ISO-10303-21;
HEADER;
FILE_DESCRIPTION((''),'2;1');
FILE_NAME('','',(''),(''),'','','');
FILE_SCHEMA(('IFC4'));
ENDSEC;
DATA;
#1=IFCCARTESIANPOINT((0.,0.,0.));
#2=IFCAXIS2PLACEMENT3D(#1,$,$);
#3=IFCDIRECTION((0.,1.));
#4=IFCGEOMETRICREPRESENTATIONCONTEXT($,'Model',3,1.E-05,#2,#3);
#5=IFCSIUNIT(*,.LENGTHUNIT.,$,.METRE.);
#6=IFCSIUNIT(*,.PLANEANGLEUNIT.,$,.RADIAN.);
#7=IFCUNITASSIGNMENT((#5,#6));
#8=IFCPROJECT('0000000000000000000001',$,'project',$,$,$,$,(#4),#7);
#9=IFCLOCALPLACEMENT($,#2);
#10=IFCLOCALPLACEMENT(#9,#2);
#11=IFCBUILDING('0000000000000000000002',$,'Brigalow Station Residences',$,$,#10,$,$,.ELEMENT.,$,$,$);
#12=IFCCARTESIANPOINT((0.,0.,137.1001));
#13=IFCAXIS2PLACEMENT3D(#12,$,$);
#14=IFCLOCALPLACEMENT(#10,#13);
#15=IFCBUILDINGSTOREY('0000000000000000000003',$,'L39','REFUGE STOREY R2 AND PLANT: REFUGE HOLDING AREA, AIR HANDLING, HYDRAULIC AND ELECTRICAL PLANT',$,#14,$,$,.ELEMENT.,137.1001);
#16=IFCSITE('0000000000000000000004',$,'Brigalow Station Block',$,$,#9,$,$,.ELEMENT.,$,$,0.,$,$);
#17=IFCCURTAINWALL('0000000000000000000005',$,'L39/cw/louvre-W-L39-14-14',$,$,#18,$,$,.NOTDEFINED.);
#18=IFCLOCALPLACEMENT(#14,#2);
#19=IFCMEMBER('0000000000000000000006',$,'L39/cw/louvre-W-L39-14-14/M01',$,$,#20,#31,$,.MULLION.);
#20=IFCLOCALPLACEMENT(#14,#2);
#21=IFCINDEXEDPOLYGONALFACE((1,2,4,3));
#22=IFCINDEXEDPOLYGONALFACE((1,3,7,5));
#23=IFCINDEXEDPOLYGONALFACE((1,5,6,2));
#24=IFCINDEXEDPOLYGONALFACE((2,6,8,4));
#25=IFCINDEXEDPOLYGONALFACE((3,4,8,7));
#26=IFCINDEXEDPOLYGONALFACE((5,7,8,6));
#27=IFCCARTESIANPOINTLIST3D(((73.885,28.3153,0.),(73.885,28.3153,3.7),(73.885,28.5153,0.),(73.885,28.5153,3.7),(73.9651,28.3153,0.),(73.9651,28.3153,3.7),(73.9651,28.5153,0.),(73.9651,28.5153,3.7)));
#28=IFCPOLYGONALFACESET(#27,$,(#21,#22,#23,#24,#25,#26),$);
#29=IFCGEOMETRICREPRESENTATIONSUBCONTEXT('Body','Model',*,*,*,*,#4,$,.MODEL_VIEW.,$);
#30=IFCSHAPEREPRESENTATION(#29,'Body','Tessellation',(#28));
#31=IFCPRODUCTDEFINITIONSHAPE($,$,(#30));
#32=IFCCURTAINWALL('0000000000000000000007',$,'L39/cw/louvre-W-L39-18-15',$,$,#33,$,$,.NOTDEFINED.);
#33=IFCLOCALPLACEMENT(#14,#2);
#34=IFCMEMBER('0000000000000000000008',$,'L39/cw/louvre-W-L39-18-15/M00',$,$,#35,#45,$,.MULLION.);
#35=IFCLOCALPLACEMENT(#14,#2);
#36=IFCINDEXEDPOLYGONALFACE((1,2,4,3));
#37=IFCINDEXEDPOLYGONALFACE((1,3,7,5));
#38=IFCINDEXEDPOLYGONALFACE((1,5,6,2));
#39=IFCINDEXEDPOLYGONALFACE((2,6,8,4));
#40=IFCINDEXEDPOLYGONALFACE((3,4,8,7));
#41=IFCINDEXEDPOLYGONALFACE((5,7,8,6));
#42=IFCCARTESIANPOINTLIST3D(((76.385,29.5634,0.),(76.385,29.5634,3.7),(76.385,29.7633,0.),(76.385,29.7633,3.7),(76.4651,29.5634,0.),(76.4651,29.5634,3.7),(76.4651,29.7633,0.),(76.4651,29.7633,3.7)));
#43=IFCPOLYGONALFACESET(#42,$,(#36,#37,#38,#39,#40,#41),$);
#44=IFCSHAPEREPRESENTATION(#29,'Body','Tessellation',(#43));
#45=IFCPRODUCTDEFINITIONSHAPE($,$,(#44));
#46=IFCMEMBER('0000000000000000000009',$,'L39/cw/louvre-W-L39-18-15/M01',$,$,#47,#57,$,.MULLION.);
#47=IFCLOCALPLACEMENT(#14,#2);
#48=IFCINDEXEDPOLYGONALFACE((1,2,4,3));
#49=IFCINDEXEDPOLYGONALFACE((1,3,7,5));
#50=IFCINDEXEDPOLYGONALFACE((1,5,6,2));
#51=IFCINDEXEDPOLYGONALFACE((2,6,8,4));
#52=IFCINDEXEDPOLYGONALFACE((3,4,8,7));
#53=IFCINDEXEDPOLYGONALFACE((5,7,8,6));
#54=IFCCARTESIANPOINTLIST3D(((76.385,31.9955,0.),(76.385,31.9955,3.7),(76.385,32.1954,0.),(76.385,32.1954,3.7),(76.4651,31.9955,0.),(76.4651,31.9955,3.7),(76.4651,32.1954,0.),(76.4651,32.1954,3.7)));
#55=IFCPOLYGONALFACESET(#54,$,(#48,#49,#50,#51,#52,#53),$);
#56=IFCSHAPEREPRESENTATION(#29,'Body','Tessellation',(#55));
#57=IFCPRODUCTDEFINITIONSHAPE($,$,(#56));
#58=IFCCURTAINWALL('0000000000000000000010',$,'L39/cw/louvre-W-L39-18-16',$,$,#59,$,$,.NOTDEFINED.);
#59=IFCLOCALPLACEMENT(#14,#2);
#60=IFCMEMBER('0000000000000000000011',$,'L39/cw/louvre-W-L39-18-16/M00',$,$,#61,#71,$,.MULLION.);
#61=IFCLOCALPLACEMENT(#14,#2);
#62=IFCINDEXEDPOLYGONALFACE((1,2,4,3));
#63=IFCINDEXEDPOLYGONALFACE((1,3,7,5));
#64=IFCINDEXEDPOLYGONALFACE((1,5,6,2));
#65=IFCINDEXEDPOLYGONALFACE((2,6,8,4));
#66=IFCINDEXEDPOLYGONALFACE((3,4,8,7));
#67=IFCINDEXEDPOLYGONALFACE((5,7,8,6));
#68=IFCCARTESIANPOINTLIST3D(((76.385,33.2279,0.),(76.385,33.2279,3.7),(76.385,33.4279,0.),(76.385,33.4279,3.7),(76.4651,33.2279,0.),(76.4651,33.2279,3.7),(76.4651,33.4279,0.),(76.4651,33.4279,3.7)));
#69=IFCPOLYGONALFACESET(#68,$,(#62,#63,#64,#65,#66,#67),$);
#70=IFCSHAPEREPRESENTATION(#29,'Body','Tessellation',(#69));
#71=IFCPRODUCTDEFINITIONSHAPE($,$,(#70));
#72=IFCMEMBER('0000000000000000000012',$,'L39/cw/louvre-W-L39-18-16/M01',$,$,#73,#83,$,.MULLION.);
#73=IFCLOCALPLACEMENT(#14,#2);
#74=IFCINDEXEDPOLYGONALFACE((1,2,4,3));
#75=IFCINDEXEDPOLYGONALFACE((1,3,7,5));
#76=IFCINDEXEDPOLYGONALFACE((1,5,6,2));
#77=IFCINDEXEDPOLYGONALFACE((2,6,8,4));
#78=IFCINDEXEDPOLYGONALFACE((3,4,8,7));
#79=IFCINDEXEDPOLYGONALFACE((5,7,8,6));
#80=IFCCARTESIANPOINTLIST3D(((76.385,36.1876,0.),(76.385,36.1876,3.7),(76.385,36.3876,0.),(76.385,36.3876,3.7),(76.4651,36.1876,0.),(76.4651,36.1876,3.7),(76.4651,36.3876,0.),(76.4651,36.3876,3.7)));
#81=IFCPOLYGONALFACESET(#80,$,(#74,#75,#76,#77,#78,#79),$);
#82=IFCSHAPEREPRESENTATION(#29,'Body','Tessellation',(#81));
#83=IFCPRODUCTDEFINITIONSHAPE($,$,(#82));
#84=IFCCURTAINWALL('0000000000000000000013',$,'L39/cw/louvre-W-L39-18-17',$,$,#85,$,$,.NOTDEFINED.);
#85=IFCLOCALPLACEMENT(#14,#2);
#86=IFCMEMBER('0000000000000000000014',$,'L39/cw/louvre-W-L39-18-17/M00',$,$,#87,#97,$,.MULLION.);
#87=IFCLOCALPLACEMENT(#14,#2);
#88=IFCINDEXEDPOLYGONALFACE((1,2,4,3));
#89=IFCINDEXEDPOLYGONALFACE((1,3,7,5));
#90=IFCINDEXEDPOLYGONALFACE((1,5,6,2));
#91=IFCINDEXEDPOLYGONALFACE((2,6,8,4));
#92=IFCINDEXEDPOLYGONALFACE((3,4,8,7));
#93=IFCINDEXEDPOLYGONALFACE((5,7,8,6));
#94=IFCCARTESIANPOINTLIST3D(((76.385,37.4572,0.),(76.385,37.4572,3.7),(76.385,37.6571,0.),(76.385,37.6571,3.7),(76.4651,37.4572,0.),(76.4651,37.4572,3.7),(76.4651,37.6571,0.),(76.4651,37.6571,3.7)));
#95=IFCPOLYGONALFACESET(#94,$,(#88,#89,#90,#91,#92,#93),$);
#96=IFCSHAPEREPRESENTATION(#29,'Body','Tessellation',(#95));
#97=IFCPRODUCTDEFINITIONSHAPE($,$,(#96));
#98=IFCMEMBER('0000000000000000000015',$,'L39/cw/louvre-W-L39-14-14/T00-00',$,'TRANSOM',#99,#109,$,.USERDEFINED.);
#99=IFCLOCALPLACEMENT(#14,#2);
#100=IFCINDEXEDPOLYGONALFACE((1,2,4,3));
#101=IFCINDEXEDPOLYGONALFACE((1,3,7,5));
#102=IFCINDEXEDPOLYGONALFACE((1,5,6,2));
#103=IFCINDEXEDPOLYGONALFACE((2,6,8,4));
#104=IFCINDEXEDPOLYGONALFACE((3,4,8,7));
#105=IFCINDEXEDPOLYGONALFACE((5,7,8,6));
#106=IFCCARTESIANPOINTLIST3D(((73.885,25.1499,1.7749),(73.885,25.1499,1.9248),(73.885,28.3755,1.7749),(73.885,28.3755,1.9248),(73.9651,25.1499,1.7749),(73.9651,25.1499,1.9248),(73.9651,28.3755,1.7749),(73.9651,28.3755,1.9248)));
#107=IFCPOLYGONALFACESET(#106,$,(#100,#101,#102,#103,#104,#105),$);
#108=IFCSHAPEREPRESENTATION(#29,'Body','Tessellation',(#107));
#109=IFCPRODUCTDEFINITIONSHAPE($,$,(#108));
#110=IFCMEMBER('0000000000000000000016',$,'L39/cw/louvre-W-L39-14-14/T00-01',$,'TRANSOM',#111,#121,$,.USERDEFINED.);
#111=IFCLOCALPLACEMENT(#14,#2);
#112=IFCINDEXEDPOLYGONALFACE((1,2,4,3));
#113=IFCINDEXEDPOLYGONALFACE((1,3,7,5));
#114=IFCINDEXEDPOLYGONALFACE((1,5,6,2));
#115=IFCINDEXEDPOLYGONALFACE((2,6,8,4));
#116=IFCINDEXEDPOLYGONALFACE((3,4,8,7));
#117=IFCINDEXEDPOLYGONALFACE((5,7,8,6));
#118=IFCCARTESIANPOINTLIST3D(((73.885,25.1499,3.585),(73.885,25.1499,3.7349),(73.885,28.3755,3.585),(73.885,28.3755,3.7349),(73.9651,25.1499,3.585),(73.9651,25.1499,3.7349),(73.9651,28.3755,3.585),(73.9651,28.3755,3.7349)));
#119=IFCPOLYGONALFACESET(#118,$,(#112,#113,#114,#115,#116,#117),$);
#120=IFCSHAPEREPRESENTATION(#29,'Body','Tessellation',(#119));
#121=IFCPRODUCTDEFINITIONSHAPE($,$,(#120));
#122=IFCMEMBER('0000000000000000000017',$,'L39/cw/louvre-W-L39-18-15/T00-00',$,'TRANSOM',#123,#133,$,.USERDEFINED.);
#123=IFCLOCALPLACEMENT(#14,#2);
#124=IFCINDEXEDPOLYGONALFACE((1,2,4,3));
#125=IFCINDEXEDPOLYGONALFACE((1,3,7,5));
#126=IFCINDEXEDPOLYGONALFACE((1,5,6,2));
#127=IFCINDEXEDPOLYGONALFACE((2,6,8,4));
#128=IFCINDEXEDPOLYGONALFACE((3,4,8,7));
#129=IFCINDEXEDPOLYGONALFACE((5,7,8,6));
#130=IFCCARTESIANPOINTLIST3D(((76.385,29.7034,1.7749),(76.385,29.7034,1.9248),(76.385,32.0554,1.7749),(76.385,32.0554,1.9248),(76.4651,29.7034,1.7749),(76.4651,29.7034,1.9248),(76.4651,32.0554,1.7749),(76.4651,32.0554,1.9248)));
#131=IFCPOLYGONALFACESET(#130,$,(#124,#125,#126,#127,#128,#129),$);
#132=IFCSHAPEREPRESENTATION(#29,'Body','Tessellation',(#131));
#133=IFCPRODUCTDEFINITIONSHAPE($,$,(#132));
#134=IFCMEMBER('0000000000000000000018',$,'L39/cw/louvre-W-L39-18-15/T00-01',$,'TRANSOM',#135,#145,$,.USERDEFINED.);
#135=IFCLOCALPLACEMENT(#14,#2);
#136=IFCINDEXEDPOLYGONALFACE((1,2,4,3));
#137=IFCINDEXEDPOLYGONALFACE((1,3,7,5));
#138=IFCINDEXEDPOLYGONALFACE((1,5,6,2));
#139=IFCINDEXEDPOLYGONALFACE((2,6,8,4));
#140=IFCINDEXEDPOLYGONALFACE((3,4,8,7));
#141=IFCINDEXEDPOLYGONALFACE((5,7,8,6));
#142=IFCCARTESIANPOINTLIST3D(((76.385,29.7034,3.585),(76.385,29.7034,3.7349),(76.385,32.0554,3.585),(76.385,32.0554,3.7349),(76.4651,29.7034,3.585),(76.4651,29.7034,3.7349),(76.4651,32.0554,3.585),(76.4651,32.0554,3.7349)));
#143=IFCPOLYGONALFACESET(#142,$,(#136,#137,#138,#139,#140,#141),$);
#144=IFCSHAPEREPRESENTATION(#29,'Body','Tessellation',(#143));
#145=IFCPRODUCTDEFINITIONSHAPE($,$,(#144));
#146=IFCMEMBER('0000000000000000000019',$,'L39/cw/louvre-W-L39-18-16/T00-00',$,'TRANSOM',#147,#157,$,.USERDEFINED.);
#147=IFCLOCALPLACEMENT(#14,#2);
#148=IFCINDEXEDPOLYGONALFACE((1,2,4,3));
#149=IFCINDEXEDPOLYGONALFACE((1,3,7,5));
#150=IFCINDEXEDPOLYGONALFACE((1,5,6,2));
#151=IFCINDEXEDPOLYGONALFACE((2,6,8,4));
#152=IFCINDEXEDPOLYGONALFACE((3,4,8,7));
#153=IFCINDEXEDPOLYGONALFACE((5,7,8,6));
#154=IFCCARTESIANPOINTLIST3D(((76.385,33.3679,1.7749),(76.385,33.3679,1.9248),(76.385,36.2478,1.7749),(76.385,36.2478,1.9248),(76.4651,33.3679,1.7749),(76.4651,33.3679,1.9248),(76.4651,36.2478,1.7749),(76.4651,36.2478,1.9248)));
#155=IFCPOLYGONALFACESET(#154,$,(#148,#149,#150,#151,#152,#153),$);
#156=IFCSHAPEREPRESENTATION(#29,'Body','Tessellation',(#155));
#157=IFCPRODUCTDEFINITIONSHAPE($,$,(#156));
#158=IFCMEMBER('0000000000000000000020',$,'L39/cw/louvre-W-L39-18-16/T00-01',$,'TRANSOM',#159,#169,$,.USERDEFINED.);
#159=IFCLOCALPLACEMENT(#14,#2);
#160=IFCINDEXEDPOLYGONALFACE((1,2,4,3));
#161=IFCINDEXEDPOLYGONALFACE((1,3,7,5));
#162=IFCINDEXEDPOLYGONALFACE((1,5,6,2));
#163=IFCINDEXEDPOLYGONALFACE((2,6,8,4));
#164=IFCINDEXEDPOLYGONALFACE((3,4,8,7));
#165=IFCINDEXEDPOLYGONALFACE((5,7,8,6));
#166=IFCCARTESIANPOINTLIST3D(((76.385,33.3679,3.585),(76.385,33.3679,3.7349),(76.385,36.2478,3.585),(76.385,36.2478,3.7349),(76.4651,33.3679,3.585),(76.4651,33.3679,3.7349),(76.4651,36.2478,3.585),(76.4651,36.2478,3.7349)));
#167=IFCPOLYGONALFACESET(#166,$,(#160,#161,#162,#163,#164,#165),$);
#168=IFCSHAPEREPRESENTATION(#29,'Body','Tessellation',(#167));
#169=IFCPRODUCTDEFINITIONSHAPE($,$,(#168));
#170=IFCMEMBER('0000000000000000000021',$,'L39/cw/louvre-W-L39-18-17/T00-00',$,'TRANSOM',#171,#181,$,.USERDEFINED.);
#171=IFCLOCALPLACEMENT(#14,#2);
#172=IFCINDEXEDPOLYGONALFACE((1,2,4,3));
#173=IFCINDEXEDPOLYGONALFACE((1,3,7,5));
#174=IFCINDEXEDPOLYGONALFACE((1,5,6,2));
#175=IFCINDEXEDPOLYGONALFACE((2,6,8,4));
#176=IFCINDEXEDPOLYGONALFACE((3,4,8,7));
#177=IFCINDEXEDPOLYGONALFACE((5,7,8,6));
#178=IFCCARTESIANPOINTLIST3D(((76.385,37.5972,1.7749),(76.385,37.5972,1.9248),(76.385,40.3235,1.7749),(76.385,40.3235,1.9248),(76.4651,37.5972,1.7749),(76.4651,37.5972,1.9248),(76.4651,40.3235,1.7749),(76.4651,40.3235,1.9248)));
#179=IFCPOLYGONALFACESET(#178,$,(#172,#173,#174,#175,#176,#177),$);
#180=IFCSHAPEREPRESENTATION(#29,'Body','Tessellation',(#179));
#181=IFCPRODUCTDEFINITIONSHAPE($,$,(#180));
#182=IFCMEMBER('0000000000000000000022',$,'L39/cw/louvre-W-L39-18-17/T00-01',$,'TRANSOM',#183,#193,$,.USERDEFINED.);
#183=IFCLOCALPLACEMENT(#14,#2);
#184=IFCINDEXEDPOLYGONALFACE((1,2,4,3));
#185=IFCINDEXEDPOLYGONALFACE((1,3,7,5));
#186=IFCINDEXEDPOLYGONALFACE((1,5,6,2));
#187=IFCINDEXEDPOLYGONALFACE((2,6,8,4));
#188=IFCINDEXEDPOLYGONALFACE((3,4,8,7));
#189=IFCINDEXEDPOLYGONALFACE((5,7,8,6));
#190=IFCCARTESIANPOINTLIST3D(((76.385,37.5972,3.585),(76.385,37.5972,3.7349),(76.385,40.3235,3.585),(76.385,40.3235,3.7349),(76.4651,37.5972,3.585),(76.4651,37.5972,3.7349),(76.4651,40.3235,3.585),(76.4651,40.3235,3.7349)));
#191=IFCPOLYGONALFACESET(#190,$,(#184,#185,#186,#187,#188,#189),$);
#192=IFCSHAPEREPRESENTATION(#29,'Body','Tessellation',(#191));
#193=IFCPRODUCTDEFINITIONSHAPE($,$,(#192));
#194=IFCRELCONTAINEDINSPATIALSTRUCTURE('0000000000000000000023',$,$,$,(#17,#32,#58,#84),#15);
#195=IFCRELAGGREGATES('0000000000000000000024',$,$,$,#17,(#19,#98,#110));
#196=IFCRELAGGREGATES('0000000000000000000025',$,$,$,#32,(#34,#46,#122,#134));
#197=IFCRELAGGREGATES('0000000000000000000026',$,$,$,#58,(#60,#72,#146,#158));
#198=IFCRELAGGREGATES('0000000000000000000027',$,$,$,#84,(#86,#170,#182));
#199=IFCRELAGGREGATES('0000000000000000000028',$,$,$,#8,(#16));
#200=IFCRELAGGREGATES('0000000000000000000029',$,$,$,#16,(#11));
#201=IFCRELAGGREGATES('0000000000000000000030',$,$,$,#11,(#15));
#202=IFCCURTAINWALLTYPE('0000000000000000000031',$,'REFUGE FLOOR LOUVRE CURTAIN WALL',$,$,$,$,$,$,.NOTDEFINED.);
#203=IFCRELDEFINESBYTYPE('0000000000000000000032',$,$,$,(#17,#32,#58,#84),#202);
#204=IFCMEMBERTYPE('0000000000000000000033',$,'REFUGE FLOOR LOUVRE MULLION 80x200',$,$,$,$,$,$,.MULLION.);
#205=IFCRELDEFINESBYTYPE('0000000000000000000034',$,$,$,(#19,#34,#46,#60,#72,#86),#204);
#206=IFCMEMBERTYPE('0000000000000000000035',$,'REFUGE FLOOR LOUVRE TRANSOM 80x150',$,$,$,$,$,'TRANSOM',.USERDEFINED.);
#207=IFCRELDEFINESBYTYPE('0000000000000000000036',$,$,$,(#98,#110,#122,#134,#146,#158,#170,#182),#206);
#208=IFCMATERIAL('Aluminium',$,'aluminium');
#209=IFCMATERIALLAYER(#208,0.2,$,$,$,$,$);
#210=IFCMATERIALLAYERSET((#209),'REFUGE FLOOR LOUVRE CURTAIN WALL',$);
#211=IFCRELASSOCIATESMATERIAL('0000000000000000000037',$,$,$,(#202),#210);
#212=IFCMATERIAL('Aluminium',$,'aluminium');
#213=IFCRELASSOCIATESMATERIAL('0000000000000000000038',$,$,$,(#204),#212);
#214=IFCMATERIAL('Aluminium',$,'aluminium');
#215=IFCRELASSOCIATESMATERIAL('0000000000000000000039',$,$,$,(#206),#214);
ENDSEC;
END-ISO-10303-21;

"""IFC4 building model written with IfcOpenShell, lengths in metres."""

from ifc_helpers import new_model, si_unit, direction, frame, origin, origin_2d, place, context, subcontext, project, spatial, rectangle, extrude, material, layer, layer_set, material_profile, profile_set, type_object, element, aggregate, save


model = new_model("IFC4")

# Units and contexts
model_context = context("Model", 3, precision=1e-05, world=origin(), true_north=direction((0.0, 1.0)))
body_context = subcontext(model_context, "Body", "Model", "MODEL_VIEW")
ifc_project = project(units=[si_unit("LENGTHUNIT", "METRE"), si_unit("PLANEANGLEUNIT", "RADIAN")], contexts=[model_context])

# Site, building, storey
site_placement = place(None, origin())
site = spatial("IfcSite", under=ifc_project, at=site_placement, Name="Brigalow Station Block", CompositionType="ELEMENT", RefElevation=0.0)
building_placement = place(site_placement, origin())
building = spatial("IfcBuilding", under=site, at=building_placement, Name="Brigalow Station Residences", CompositionType="ELEMENT")
storey_placement = place(building_placement, frame((0.0, 0.0, 137.1001)))
storey = spatial("IfcBuildingStorey", under=building, at=storey_placement, Name="L39", Description="REFUGE STOREY R2 AND PLANT: REFUGE HOLDING AREA, AIR HANDLING, HYDRAULIC AND ELECTRICAL PLANT", CompositionType="ELEMENT", Elevation=137.1001)

# Curtain walls, members
ifc_material_1 = material(Name="Aluminium", Category="aluminium")
ifc_layer_1 = layer(ifc_material_1, 0.2)
ifc_layer_set_1 = layer_set([ifc_layer_1], Name="REFUGE FLOOR LOUVRE CURTAIN WALL")
curtain_wall_type = type_object("IfcCurtainWallType", Name="REFUGE FLOOR LOUVRE CURTAIN WALL", PredefinedType="NOTDEFINED", material=ifc_layer_set_1)
curtain_wall_1_placement = place(storey_placement, origin())
curtain_wall_1 = element("IfcCurtainWall", 1, at=curtain_wall_1_placement, inside=storey, type_object=curtain_wall_type, Name="L39/cw/louvre-W-L39-14-14", PredefinedType="NOTDEFINED")
ifc_material_2 = material(Name="Aluminium", Category="aluminium")
ifc_material_profile_1 = material_profile(ifc_material_2, rectangle(XDim=0.0801, YDim=0.2, at=origin_2d()), Name="REFUGE FLOOR LOUVRE MULLION 80x200")
ifc_profile_set_1 = profile_set([ifc_material_profile_1], Name="Aluminium")
member_type_1 = type_object("IfcMemberType", Name="REFUGE FLOOR LOUVRE MULLION 80x200", PredefinedType="MULLION", material=ifc_profile_set_1)
member_1_placement = place(storey_placement, frame((73.925, 28.4153, 0.0), z_axis=(0.0, 0.0, 1.0), x_axis=(-1.0, 0.0, 0.0)))
member_1 = element("IfcMember", 2, at=member_1_placement, type_object=member_type_1, Name="L39/cw/louvre-W-L39-14-14/M01", PredefinedType="MULLION", context=body_context, shape_type="SweptSolid", body=[
    extrude(rectangle(XDim=0.0801, YDim=0.2, at=origin_2d()), origin(), (0.0, 0.0, 1.0), 3.7),
])
curtain_wall_2_placement = place(storey_placement, origin())
curtain_wall_2 = element("IfcCurtainWall", 3, at=curtain_wall_2_placement, inside=storey, type_object=curtain_wall_type, Name="L39/cw/louvre-W-L39-18-15", PredefinedType="NOTDEFINED")
member_2_placement = place(storey_placement, frame((76.425, 29.6633, 0.0), z_axis=(0.0, 0.0, 1.0), x_axis=(-1.0, 0.0, 0.0)))
member_2 = element("IfcMember", 4, at=member_2_placement, type_object=member_type_1, Name="L39/cw/louvre-W-L39-18-15/M00", PredefinedType="MULLION", context=body_context, shape_type="SweptSolid", body=[
    extrude(rectangle(XDim=0.0801, YDim=0.2, at=origin_2d()), origin(), (0.0, 0.0, 1.0), 3.7),
])
member_3_placement = place(storey_placement, frame((76.425, 32.0955, 0.0), z_axis=(0.0, 0.0, 1.0), x_axis=(-1.0, 0.0, 0.0)))
member_3 = element("IfcMember", 5, at=member_3_placement, type_object=member_type_1, Name="L39/cw/louvre-W-L39-18-15/M01", PredefinedType="MULLION", context=body_context, shape_type="SweptSolid", body=[
    extrude(rectangle(XDim=0.0801, YDim=0.2, at=origin_2d()), origin(), (0.0, 0.0, 1.0), 3.7),
])
curtain_wall_3_placement = place(storey_placement, origin())
curtain_wall_3 = element("IfcCurtainWall", 6, at=curtain_wall_3_placement, inside=storey, type_object=curtain_wall_type, Name="L39/cw/louvre-W-L39-18-16", PredefinedType="NOTDEFINED")
member_4_placement = place(storey_placement, frame((76.425, 33.3279, 0.0), z_axis=(0.0, 0.0, 1.0), x_axis=(-1.0, 0.0, 0.0)))
member_4 = element("IfcMember", 7, at=member_4_placement, type_object=member_type_1, Name="L39/cw/louvre-W-L39-18-16/M00", PredefinedType="MULLION", context=body_context, shape_type="SweptSolid", body=[
    extrude(rectangle(XDim=0.0801, YDim=0.2, at=origin_2d()), origin(), (0.0, 0.0, 1.0), 3.7),
])
member_5_placement = place(storey_placement, frame((76.425, 36.2876, 0.0), z_axis=(0.0, 0.0, 1.0), x_axis=(-1.0, 0.0, 0.0)))
member_5 = element("IfcMember", 8, at=member_5_placement, type_object=member_type_1, Name="L39/cw/louvre-W-L39-18-16/M01", PredefinedType="MULLION", context=body_context, shape_type="SweptSolid", body=[
    extrude(rectangle(XDim=0.0801, YDim=0.2, at=origin_2d()), origin(), (0.0, 0.0, 1.0), 3.7),
])

# Curtain wall, member
curtain_wall_4_placement = place(storey_placement, origin())
curtain_wall_4 = element("IfcCurtainWall", 9, at=curtain_wall_4_placement, inside=storey, type_object=curtain_wall_type, Name="L39/cw/louvre-W-L39-18-17", PredefinedType="NOTDEFINED")
member_6_placement = place(storey_placement, frame((76.425, 37.5571, 0.0), z_axis=(0.0, 0.0, 1.0), x_axis=(-1.0, 0.0, 0.0)))
member_6 = element("IfcMember", 10, at=member_6_placement, type_object=member_type_1, Name="L39/cw/louvre-W-L39-18-17/M00", PredefinedType="MULLION", context=body_context, shape_type="SweptSolid", body=[
    extrude(rectangle(XDim=0.0801, YDim=0.2, at=origin_2d()), origin(), (0.0, 0.0, 1.0), 3.7),
])

# Members
ifc_material_3 = material(Name="Aluminium", Category="aluminium")
ifc_material_profile_2 = material_profile(ifc_material_3, rectangle(XDim=0.0801, YDim=0.1499, at=origin_2d()), Name="REFUGE FLOOR LOUVRE TRANSOM 80x150")
ifc_profile_set_2 = profile_set([ifc_material_profile_2], Name="Aluminium")
member_type_2 = type_object("IfcMemberType", Name="REFUGE FLOOR LOUVRE TRANSOM 80x150", ElementType="TRANSOM", PredefinedType="USERDEFINED", material=ifc_profile_set_2)
member_7_placement = place(storey_placement, frame((73.925, 25.1499, 1.8499), z_axis=(0.0, 1.0, 0.0), x_axis=(-1.0, 0.0, 0.0)))
member_7 = element("IfcMember", 11, at=member_7_placement, type_object=member_type_2, Name="L39/cw/louvre-W-L39-14-14/T00-00", ObjectType="TRANSOM", PredefinedType="USERDEFINED", context=body_context, shape_type="SweptSolid", body=[
    extrude(rectangle(XDim=0.0801, YDim=0.1499, at=origin_2d()), origin(), (0.0, 0.0, 1.0), 3.2256),
])
member_8_placement = place(storey_placement, frame((73.925, 25.1499, 3.6599), z_axis=(0.0, 1.0, 0.0), x_axis=(-1.0, 0.0, 0.0)))
member_8 = element("IfcMember", 12, at=member_8_placement, type_object=member_type_2, Name="L39/cw/louvre-W-L39-14-14/T00-01", ObjectType="TRANSOM", PredefinedType="USERDEFINED", context=body_context, shape_type="SweptSolid", body=[
    extrude(rectangle(XDim=0.0801, YDim=0.1499, at=origin_2d()), origin(), (0.0, 0.0, 1.0), 3.2256),
])
member_9_placement = place(storey_placement, frame((76.425, 29.7034, 1.8499), z_axis=(0.0, 1.0, 0.0), x_axis=(-1.0, 0.0, 0.0)))
member_9 = element("IfcMember", 13, at=member_9_placement, type_object=member_type_2, Name="L39/cw/louvre-W-L39-18-15/T00-00", ObjectType="TRANSOM", PredefinedType="USERDEFINED", context=body_context, shape_type="SweptSolid", body=[
    extrude(rectangle(XDim=0.0801, YDim=0.1499, at=origin_2d()), origin(), (0.0, 0.0, 1.0), 2.3521),
])
member_10_placement = place(storey_placement, frame((76.425, 29.7034, 3.6599), z_axis=(0.0, 1.0, 0.0), x_axis=(-1.0, 0.0, 0.0)))
member_10 = element("IfcMember", 14, at=member_10_placement, type_object=member_type_2, Name="L39/cw/louvre-W-L39-18-15/T00-01", ObjectType="TRANSOM", PredefinedType="USERDEFINED", context=body_context, shape_type="SweptSolid", body=[
    extrude(rectangle(XDim=0.0801, YDim=0.1499, at=origin_2d()), origin(), (0.0, 0.0, 1.0), 2.3521),
])
member_11_placement = place(storey_placement, frame((76.425, 33.3679, 1.8499), z_axis=(0.0, 1.0, 0.0), x_axis=(-1.0, 0.0, 0.0)))
member_11 = element("IfcMember", 15, at=member_11_placement, type_object=member_type_2, Name="L39/cw/louvre-W-L39-18-16/T00-00", ObjectType="TRANSOM", PredefinedType="USERDEFINED", context=body_context, shape_type="SweptSolid", body=[
    extrude(rectangle(XDim=0.0801, YDim=0.1499, at=origin_2d()), origin(), (0.0, 0.0, 1.0), 2.8799),
])
member_12_placement = place(storey_placement, frame((76.425, 33.3679, 3.6599), z_axis=(0.0, 1.0, 0.0), x_axis=(-1.0, 0.0, 0.0)))
member_12 = element("IfcMember", 16, at=member_12_placement, type_object=member_type_2, Name="L39/cw/louvre-W-L39-18-16/T00-01", ObjectType="TRANSOM", PredefinedType="USERDEFINED", context=body_context, shape_type="SweptSolid", body=[
    extrude(rectangle(XDim=0.0801, YDim=0.1499, at=origin_2d()), origin(), (0.0, 0.0, 1.0), 2.8799),
])
member_13_placement = place(storey_placement, frame((76.425, 37.5972, 1.8499), z_axis=(0.0, 1.0, 0.0), x_axis=(-1.0, 0.0, 0.0)))
member_13 = element("IfcMember", 17, at=member_13_placement, type_object=member_type_2, Name="L39/cw/louvre-W-L39-18-17/T00-00", ObjectType="TRANSOM", PredefinedType="USERDEFINED", context=body_context, shape_type="SweptSolid", body=[
    extrude(rectangle(XDim=0.0801, YDim=0.1499, at=origin_2d()), origin(), (0.0, 0.0, 1.0), 2.7263),
])
member_14_placement = place(storey_placement, frame((76.425, 37.5972, 3.6599), z_axis=(0.0, 1.0, 0.0), x_axis=(-1.0, 0.0, 0.0)))
member_14 = element("IfcMember", 18, at=member_14_placement, type_object=member_type_2, Name="L39/cw/louvre-W-L39-18-17/T00-01", ObjectType="TRANSOM", PredefinedType="USERDEFINED", context=body_context, shape_type="SweptSolid", body=[
    extrude(rectangle(XDim=0.0801, YDim=0.1499, at=origin_2d()), origin(), (0.0, 0.0, 1.0), 2.7263),
])

aggregate(curtain_wall_1, [member_1, member_7, member_8])
aggregate(curtain_wall_2, [member_2, member_3, member_9, member_10])
aggregate(curtain_wall_3, [member_4, member_5, member_11, member_12])
aggregate(curtain_wall_4, [member_6, member_13, member_14])

save(model, "model.ifc")
